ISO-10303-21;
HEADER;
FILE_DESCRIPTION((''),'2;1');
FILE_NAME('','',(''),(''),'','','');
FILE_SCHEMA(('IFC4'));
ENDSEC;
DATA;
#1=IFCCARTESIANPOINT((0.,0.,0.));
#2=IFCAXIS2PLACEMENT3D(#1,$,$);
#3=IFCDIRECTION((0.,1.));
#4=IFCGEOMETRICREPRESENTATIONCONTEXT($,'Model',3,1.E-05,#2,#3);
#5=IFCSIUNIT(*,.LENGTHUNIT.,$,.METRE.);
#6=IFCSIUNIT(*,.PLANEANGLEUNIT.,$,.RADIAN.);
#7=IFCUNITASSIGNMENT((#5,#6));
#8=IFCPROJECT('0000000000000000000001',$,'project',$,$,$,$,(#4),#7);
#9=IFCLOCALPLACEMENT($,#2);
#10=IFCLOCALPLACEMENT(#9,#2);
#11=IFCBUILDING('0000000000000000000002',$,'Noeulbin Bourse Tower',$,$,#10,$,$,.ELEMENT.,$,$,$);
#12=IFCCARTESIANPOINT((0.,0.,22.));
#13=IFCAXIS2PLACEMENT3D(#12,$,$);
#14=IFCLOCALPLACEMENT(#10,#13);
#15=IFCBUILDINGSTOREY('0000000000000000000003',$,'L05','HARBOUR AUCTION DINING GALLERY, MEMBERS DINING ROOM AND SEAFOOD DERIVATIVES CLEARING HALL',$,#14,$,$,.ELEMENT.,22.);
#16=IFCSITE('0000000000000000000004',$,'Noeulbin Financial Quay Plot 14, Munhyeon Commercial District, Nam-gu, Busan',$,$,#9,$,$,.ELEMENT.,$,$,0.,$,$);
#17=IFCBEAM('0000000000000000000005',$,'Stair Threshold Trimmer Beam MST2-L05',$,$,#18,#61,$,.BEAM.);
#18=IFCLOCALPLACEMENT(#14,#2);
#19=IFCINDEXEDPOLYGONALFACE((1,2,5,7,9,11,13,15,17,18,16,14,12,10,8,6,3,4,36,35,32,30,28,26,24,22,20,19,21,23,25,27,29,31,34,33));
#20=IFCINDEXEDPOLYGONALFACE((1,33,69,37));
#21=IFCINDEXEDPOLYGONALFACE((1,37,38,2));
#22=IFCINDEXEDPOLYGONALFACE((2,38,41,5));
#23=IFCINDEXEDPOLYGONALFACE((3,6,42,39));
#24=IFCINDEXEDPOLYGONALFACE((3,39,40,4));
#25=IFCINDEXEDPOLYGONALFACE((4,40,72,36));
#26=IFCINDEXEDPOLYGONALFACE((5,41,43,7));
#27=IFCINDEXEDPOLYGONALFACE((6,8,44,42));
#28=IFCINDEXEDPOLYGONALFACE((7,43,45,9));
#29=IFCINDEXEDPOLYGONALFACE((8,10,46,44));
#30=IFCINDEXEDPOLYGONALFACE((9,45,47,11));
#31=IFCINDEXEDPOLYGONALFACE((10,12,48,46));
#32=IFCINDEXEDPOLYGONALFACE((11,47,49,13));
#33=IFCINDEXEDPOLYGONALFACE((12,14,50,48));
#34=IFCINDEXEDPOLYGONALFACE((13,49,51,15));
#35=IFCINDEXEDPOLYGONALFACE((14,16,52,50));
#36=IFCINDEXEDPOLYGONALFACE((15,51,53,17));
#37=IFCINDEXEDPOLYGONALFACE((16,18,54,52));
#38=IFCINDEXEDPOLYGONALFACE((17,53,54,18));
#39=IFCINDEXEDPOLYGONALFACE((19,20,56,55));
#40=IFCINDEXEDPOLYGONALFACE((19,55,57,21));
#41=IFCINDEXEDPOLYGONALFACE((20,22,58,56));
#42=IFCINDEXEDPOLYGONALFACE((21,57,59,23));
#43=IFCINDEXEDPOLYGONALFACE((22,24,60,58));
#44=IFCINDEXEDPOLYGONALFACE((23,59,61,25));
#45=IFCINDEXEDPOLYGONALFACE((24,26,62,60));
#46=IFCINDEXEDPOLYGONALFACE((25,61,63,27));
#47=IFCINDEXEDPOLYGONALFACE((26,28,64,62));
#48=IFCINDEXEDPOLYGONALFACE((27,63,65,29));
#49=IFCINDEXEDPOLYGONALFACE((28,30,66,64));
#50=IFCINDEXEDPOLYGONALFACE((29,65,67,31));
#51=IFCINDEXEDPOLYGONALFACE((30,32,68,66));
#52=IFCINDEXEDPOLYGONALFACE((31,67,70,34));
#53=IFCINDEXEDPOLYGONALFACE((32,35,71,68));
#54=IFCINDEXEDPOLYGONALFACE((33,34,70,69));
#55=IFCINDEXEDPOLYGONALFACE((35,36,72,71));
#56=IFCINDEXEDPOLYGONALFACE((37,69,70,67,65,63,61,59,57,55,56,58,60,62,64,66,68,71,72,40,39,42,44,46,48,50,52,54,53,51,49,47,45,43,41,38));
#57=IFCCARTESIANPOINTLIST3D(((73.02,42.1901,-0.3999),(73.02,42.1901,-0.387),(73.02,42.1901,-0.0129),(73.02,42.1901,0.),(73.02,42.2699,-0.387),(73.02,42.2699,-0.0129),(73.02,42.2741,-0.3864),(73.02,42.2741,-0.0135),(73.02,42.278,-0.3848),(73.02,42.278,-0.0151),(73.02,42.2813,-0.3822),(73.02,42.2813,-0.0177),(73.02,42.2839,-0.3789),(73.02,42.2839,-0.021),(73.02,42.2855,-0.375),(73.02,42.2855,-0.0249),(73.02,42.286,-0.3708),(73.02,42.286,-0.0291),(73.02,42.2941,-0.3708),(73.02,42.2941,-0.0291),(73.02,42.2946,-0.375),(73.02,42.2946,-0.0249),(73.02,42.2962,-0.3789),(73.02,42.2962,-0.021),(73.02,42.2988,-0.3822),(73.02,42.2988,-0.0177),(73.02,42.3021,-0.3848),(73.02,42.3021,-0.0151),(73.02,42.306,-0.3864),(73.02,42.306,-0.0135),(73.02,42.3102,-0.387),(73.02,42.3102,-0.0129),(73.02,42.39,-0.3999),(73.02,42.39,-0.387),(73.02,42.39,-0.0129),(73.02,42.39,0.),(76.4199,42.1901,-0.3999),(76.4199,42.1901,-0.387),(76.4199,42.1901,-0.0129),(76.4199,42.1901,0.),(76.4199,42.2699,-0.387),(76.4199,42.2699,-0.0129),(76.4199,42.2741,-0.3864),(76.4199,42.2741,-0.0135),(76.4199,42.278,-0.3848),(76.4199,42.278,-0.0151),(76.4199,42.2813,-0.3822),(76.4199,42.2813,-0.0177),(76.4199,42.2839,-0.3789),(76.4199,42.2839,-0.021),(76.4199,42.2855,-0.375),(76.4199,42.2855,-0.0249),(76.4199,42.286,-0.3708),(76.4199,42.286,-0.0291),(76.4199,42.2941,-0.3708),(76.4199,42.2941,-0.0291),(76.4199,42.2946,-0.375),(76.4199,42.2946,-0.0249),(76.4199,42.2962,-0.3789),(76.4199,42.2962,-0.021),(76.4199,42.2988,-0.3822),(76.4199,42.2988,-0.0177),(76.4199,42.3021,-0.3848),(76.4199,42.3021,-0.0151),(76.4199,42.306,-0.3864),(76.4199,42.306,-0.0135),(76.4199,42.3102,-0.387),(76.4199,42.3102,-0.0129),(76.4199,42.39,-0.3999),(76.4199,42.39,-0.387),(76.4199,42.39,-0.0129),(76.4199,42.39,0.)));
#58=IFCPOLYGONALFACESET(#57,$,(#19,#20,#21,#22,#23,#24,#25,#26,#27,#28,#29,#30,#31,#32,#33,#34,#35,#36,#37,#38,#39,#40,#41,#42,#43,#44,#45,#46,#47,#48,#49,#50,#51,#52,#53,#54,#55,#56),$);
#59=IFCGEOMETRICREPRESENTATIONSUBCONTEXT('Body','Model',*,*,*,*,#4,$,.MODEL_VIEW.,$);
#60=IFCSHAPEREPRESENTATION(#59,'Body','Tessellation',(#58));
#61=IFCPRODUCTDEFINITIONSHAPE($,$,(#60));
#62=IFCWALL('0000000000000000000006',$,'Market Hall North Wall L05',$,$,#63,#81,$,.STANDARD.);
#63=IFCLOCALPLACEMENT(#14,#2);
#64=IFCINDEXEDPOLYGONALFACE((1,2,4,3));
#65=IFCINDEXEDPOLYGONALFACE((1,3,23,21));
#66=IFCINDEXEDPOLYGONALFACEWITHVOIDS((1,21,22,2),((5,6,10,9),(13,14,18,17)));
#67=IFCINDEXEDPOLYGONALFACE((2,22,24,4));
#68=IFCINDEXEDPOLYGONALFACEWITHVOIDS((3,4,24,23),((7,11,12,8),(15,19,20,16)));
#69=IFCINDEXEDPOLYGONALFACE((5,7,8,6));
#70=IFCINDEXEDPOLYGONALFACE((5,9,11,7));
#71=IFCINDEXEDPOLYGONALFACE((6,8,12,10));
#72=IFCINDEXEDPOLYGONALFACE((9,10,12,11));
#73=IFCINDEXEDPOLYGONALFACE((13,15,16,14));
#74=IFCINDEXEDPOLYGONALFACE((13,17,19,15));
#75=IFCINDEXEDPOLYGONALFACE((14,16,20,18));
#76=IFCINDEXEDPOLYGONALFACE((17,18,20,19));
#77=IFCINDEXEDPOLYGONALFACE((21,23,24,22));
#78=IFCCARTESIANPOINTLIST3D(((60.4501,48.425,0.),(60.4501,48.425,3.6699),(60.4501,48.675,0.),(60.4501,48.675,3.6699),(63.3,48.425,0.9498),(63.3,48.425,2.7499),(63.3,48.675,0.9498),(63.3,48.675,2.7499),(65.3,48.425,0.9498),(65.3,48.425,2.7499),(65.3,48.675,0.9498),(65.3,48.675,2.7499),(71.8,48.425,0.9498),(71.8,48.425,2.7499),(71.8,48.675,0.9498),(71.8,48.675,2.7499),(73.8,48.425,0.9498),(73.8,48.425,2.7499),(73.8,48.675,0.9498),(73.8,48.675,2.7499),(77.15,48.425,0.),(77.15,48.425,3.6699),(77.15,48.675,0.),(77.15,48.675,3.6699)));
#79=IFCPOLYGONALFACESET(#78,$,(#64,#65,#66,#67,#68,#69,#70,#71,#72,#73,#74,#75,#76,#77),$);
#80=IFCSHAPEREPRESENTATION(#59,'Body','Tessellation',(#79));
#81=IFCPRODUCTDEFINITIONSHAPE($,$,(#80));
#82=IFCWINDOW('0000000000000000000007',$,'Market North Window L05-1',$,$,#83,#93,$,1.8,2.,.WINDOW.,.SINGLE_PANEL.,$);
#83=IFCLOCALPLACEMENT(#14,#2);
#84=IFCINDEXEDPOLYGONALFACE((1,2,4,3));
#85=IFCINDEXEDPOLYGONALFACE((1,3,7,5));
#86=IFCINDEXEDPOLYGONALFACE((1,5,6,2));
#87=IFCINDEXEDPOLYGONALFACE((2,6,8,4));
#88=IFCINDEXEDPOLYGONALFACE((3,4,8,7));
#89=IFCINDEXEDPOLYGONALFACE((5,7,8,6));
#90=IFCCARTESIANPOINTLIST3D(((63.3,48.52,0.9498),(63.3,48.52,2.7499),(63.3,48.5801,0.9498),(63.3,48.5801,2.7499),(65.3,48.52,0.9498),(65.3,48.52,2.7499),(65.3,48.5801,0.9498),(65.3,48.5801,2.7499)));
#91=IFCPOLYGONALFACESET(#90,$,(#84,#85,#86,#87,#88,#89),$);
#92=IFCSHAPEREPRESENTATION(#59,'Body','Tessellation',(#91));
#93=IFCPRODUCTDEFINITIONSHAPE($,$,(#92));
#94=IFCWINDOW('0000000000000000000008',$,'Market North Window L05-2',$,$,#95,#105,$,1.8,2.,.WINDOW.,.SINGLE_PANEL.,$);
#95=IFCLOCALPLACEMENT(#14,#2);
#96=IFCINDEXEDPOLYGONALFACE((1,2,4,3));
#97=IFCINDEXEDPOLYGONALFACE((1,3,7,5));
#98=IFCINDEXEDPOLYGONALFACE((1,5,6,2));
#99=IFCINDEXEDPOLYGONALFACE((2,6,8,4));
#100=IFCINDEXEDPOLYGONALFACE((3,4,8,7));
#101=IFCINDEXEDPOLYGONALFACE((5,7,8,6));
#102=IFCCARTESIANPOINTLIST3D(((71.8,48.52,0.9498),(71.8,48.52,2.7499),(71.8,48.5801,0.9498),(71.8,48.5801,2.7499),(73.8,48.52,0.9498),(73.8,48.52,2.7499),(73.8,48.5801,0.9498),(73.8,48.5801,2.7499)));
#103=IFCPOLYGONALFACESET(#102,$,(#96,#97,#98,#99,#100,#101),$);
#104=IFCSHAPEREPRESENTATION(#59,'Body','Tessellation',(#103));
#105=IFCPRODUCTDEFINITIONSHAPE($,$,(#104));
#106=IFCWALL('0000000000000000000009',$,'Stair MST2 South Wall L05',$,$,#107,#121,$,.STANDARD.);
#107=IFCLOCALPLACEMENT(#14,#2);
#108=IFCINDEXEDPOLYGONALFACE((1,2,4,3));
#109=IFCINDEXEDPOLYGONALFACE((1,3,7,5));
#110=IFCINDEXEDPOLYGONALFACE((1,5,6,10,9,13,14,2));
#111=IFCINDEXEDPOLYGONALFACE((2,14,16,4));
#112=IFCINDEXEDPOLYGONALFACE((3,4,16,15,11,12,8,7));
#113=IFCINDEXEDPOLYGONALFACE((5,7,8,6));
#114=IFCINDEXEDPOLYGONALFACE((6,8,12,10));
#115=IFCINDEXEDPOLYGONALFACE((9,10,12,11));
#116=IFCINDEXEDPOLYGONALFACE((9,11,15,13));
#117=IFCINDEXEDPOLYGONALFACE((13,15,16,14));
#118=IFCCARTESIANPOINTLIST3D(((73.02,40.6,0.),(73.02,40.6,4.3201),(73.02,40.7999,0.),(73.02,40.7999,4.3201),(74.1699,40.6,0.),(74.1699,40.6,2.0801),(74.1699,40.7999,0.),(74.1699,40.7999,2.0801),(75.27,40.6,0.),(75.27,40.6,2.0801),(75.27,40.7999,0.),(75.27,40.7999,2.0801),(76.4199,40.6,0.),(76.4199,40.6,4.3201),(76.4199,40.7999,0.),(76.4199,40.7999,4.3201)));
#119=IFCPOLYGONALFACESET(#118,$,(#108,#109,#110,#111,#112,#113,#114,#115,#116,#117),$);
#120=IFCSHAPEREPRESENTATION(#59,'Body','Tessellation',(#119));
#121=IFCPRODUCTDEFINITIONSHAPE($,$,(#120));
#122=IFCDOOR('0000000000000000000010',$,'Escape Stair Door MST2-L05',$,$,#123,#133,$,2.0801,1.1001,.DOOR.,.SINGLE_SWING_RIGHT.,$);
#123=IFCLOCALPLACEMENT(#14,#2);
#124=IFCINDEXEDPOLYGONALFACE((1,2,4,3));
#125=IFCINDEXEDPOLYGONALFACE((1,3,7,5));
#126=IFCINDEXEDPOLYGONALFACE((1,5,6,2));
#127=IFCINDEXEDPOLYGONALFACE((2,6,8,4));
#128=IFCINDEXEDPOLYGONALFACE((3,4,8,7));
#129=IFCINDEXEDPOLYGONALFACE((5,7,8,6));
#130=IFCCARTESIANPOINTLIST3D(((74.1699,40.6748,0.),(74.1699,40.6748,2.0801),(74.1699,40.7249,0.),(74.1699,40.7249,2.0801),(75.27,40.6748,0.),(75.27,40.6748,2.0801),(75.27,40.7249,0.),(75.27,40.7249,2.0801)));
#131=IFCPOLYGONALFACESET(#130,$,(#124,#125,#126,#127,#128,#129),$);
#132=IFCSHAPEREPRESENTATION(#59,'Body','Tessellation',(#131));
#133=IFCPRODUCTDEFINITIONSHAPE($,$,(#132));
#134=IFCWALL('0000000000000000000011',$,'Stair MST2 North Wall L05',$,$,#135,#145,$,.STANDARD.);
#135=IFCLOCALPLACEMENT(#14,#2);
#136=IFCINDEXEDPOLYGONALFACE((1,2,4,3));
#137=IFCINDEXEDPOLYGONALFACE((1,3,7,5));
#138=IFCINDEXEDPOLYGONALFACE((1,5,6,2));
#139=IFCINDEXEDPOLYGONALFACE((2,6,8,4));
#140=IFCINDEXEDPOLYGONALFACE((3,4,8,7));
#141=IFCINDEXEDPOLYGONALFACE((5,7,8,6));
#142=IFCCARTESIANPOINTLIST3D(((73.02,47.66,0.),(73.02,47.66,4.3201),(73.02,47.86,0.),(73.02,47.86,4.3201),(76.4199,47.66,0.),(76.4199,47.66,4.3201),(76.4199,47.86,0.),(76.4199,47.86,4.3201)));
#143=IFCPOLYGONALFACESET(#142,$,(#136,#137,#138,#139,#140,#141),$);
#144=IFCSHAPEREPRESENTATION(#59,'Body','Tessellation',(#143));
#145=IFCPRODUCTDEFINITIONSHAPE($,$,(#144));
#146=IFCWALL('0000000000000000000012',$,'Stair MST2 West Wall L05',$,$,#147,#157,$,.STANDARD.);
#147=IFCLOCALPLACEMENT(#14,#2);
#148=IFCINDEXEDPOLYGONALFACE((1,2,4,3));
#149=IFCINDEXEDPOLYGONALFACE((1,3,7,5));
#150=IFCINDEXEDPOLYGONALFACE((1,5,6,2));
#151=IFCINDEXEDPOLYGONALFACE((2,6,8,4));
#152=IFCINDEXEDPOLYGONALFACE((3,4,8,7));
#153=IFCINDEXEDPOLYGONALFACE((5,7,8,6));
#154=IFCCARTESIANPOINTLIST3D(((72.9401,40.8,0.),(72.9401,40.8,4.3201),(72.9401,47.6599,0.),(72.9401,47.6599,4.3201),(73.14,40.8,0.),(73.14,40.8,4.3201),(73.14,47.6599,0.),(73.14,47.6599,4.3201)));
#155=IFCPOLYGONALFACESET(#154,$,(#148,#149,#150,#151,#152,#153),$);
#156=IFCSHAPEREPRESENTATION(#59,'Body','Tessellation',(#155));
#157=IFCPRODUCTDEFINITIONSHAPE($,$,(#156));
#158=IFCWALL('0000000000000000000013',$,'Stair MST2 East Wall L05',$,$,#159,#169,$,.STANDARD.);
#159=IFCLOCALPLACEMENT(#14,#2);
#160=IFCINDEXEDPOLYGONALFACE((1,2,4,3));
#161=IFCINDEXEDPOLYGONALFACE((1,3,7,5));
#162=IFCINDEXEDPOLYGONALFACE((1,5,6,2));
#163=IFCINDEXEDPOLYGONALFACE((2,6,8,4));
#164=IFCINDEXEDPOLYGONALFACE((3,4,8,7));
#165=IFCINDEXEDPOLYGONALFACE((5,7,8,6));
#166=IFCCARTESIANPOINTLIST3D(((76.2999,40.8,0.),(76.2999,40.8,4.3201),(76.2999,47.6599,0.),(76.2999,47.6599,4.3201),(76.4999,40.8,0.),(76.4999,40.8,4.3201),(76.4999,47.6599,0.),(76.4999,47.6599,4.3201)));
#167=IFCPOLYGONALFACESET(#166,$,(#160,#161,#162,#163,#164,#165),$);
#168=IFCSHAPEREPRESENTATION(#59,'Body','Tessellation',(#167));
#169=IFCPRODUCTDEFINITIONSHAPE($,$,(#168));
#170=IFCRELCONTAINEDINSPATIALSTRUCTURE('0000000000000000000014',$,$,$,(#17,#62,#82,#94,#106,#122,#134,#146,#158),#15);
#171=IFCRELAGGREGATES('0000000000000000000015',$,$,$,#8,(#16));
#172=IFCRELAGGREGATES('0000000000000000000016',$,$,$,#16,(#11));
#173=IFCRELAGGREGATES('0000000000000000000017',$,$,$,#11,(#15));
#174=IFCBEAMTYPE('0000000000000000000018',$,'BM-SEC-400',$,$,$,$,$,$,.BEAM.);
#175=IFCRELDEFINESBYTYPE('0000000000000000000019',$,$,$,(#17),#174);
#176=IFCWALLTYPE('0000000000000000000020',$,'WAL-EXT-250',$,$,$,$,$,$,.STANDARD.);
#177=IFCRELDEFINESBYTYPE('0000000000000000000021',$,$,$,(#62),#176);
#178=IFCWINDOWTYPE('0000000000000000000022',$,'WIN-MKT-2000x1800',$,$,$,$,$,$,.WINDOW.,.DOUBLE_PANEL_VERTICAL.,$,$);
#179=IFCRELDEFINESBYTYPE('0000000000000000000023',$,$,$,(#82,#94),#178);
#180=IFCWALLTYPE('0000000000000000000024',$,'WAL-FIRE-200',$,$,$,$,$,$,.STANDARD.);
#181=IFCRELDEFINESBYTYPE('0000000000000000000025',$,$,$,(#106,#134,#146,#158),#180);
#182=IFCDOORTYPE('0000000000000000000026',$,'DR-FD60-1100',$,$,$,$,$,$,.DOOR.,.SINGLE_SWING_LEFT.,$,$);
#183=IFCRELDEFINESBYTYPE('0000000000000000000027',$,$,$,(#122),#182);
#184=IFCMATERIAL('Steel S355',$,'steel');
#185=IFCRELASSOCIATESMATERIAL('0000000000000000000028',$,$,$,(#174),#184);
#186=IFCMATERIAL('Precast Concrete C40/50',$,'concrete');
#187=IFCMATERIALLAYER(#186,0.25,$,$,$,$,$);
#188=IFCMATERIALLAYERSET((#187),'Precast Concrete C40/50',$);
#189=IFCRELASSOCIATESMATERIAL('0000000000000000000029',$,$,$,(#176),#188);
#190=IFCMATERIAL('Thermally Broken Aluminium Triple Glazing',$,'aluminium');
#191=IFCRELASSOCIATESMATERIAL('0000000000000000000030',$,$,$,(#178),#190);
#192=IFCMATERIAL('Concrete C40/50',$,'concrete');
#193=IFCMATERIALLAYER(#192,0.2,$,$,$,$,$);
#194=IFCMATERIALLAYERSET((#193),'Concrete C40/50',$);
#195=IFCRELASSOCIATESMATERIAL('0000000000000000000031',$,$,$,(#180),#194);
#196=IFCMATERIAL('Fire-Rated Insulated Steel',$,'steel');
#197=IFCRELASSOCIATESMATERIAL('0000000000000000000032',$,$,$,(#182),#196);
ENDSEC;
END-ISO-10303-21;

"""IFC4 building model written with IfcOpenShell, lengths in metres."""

from ifc_helpers import new_model, si_unit, direction, frame, frame_2d, origin, origin_2d, place, context, subcontext, project, spatial, rectangle, i_section, extrude, material, layer, layer_set, material_profile, profile_set, type_object, element, fill, save


model = new_model("IFC4")

# Units and contexts
model_context = context("Model", 3, precision=1e-05, world=origin(), true_north=direction((0.0, 1.0)))
body_context = subcontext(model_context, "Body", "Model", "MODEL_VIEW")
ifc_project = project(units=[si_unit("LENGTHUNIT", "METRE"), si_unit("PLANEANGLEUNIT", "RADIAN")], contexts=[model_context])

# Site, building, storey
site_placement = place(None, origin())
site = spatial("IfcSite", under=ifc_project, at=site_placement, Name="Noeulbin Financial Quay Plot 14, Munhyeon Commercial District, Nam-gu, Busan", CompositionType="ELEMENT", RefElevation=0.0)
building_placement = place(site_placement, origin())
building = spatial("IfcBuilding", under=site, at=building_placement, Name="Noeulbin Bourse Tower", CompositionType="ELEMENT")
storey_placement = place(building_placement, frame((0.0, 0.0, 22.0)))
storey = spatial("IfcBuildingStorey", under=building, at=storey_placement, Name="L05", Description="HARBOUR AUCTION DINING GALLERY, MEMBERS DINING ROOM AND SEAFOOD DERIVATIVES CLEARING HALL", CompositionType="ELEMENT", Elevation=22.0)

# Shared definitions
ifc_material_1 = material(Name="Steel S355", Category="steel")

# Beam
ifc_material_profile_1 = material_profile(ifc_material_1, i_section(OverallWidth=0.2, OverallDepth=0.3999, WebThickness=0.0081, FlangeThickness=0.0129, FilletRadius=0.0161, at=origin_2d()), Name="H-400x200x8x13", Category="LoadBearing")
ifc_profile_set_1 = profile_set([ifc_material_profile_1], Name="Steel S355")
beam_type_1 = type_object("IfcBeamType", Name="BM-SEC-400", PredefinedType="BEAM", material=ifc_profile_set_1)
beam_1_placement = place(storey_placement, frame((73.02, 42.29, -0.2), z_axis=(1.0, 0.0, 0.0), x_axis=(0.0, 1.0, 0.0)))
element("IfcBeam", 1, at=beam_1_placement, inside=storey, type_object=beam_type_1, Name="Stair Threshold Trimmer Beam MST2-L05", PredefinedType="BEAM", context=body_context, shape_type="SweptSolid", body=[
    extrude(i_section(OverallWidth=0.2, OverallDepth=0.3999, WebThickness=0.0081, FlangeThickness=0.0129, FilletRadius=0.0161, at=origin_2d()), origin(), (0.0, 0.0, 1.0), 3.3999),
])

# Wall, openings, windows
ifc_material_2 = material(Name="Precast Concrete C40/50", Category="concrete")
ifc_layer_1 = layer(ifc_material_2, 0.25)
ifc_layer_set_1 = layer_set([ifc_layer_1], Name="Precast Concrete C40/50")
wall_type_1 = type_object("IfcWallType", Name="WAL-EXT-250", PredefinedType="STANDARD", material=ifc_layer_set_1)
wall_1_placement = place(storey_placement, frame((60.45, 48.55, 0.0), z_axis=(0.0, 0.0, 1.0), x_axis=(1.0, 0.0, 0.0)))
wall_1 = element("IfcWall", 2, at=wall_1_placement, inside=storey, type_object=wall_type_1, Name="Market Hall North Wall L05", PredefinedType="STANDARD", context=body_context, shape_type="SweptSolid", body=[
    extrude(rectangle(XDim=16.7, YDim=0.25, at=frame_2d((8.3501, 0.0))), origin(), (0.0, 0.0, 1.0), 3.6699),
])
opening_1_placement = place(wall_1_placement, frame((2.8501, 0.0, 0.95)))
opening_1 = element("IfcOpeningElement", 3, at=opening_1_placement, cuts=wall_1, PredefinedType="OPENING", context=body_context, shape_type="SweptSolid", body=[
    extrude(rectangle(XDim=2.0, YDim=1.8, at=frame_2d((1.0, 0.8999))), frame((0.0, 0.135, 0.0), z_axis=(0.0, -1.0, 0.0), x_axis=(1.0, 0.0, 0.0)), (0.0, 0.0, 1.0), 0.27),
])
opening_2_placement = place(wall_1_placement, frame((11.3501, 0.0, 0.95)))
opening_2 = element("IfcOpeningElement", 4, at=opening_2_placement, cuts=wall_1, PredefinedType="OPENING", context=body_context, shape_type="SweptSolid", body=[
    extrude(rectangle(XDim=2.0, YDim=1.8, at=frame_2d((1.0, 0.8999))), frame((0.0, 0.135, 0.0), z_axis=(0.0, -1.0, 0.0), x_axis=(1.0, 0.0, 0.0)), (0.0, 0.0, 1.0), 0.27),
])
ifc_material_3 = material(Name="Thermally Broken Aluminium Triple Glazing", Category="aluminium")
window_type = type_object("IfcWindowType", Name="WIN-MKT-2000x1800", PartitioningType="DOUBLE_PANEL_VERTICAL", PredefinedType="WINDOW", material=ifc_material_3)
window_1_placement = place(opening_1_placement, origin())
window_1 = element("IfcWindow", 5, at=window_1_placement, inside=storey, type_object=window_type, Name="Market North Window L05-1", OverallHeight=1.8, OverallWidth=2.0, PartitioningType="SINGLE_PANEL", PredefinedType="WINDOW", context=body_context, shape_type="SweptSolid", body=[
    extrude(rectangle(XDim=2.0, YDim=1.8, at=frame_2d((1.0, 0.8999))), frame((0.0, 0.03, 0.0), z_axis=(0.0, -1.0, 0.0), x_axis=(1.0, 0.0, 0.0)), (0.0, 0.0, 1.0), 0.0601),
])
fill(opening_1, window_1)
window_2_placement = place(opening_2_placement, origin())
window_2 = element("IfcWindow", 6, at=window_2_placement, inside=storey, type_object=window_type, Name="Market North Window L05-2", OverallHeight=1.8, OverallWidth=2.0, PartitioningType="SINGLE_PANEL", PredefinedType="WINDOW", context=body_context, shape_type="SweptSolid", body=[
    extrude(rectangle(XDim=2.0, YDim=1.8, at=frame_2d((1.0, 0.8999))), frame((0.0, 0.03, 0.0), z_axis=(0.0, -1.0, 0.0), x_axis=(1.0, 0.0, 0.0)), (0.0, 0.0, 1.0), 0.0601),
])
fill(opening_2, window_2)

# Wall, opening, door
ifc_material_4 = material(Name="Concrete C40/50", Category="concrete")
ifc_layer_2 = layer(ifc_material_4, 0.2)
ifc_layer_set_2 = layer_set([ifc_layer_2], Name="Concrete C40/50")
wall_type_2 = type_object("IfcWallType", Name="WAL-FIRE-200", PredefinedType="STANDARD", material=ifc_layer_set_2)
wall_2_placement = place(storey_placement, frame((73.02, 40.7, 0.0), z_axis=(0.0, 0.0, 1.0), x_axis=(1.0, 0.0, 0.0)))
wall_2 = element("IfcWall", 7, at=wall_2_placement, inside=storey, type_object=wall_type_2, Name="Stair MST2 South Wall L05", PredefinedType="STANDARD", context=body_context, shape_type="SweptSolid", body=[
    extrude(rectangle(XDim=3.3999, YDim=0.2, at=frame_2d((1.7, 0.0))), origin(), (0.0, 0.0, 1.0), 4.3201),
])
opening_3_placement = place(wall_2_placement, frame((1.1499, 0.0, 0.0)))
opening_3 = element("IfcOpeningElement", 8, at=opening_3_placement, cuts=wall_2, PredefinedType="OPENING", context=body_context, shape_type="SweptSolid", body=[
    extrude(rectangle(XDim=1.1001, YDim=2.0801, at=frame_2d((0.55, 1.04))), frame((0.0, 0.1099, 0.0), z_axis=(0.0, -1.0, 0.0), x_axis=(1.0, 0.0, 0.0)), (0.0, 0.0, 1.0), 0.22),
])
ifc_material_5 = material(Name="Fire-Rated Insulated Steel", Category="steel")
door_type = type_object("IfcDoorType", Name="DR-FD60-1100", OperationType="SINGLE_SWING_LEFT", PredefinedType="DOOR", material=ifc_material_5)
door_placement = place(opening_3_placement, origin())
door = element("IfcDoor", 9, at=door_placement, inside=storey, type_object=door_type, Name="Escape Stair Door MST2-L05", OperationType="SINGLE_SWING_RIGHT", OverallHeight=2.0801, OverallWidth=1.1001, PredefinedType="DOOR", context=body_context, shape_type="SweptSolid", body=[
    extrude(rectangle(XDim=1.1001, YDim=2.0801, at=frame_2d((0.55, 1.04))), frame((0.0, 0.0249, 0.0), z_axis=(0.0, -1.0, 0.0), x_axis=(1.0, 0.0, 0.0)), (0.0, 0.0, 1.0), 0.05),
])
fill(opening_3, door)

# Walls
wall_3_placement = place(storey_placement, frame((73.02, 47.76, 0.0), z_axis=(0.0, 0.0, 1.0), x_axis=(1.0, 0.0, 0.0)))
element("IfcWall", 10, at=wall_3_placement, inside=storey, type_object=wall_type_2, Name="Stair MST2 North Wall L05", PredefinedType="STANDARD", context=body_context, shape_type="SweptSolid", body=[
    extrude(rectangle(XDim=3.3999, YDim=0.2, at=frame_2d((1.7, 0.0))), origin(), (0.0, 0.0, 1.0), 4.3201),
])
for number, where, z_axis, x_axis, name in (
    (11, (73.04, 40.8, 0.0), (0.0, 0.0, 1.0), (0.0, 1.0, 0.0), "Stair MST2 West Wall L05"),
    (12, (76.3999, 40.8, 0.0), (0.0, 0.0, 1.0), (0.0, 1.0, 0.0), "Stair MST2 East Wall L05"),
):
    element("IfcWall", number, at=place(storey_placement, frame(where, z_axis=z_axis, x_axis=x_axis)), inside=storey, type_object=wall_type_2, Name=name, PredefinedType="STANDARD", context=body_context, shape_type="SweptSolid", body=[
        extrude(rectangle(XDim=6.8599, YDim=0.2, at=frame_2d((3.4299, 0.0))), origin(), (0.0, 0.0, 1.0), 4.3201),
    ])

save(model, "model.ifc")
